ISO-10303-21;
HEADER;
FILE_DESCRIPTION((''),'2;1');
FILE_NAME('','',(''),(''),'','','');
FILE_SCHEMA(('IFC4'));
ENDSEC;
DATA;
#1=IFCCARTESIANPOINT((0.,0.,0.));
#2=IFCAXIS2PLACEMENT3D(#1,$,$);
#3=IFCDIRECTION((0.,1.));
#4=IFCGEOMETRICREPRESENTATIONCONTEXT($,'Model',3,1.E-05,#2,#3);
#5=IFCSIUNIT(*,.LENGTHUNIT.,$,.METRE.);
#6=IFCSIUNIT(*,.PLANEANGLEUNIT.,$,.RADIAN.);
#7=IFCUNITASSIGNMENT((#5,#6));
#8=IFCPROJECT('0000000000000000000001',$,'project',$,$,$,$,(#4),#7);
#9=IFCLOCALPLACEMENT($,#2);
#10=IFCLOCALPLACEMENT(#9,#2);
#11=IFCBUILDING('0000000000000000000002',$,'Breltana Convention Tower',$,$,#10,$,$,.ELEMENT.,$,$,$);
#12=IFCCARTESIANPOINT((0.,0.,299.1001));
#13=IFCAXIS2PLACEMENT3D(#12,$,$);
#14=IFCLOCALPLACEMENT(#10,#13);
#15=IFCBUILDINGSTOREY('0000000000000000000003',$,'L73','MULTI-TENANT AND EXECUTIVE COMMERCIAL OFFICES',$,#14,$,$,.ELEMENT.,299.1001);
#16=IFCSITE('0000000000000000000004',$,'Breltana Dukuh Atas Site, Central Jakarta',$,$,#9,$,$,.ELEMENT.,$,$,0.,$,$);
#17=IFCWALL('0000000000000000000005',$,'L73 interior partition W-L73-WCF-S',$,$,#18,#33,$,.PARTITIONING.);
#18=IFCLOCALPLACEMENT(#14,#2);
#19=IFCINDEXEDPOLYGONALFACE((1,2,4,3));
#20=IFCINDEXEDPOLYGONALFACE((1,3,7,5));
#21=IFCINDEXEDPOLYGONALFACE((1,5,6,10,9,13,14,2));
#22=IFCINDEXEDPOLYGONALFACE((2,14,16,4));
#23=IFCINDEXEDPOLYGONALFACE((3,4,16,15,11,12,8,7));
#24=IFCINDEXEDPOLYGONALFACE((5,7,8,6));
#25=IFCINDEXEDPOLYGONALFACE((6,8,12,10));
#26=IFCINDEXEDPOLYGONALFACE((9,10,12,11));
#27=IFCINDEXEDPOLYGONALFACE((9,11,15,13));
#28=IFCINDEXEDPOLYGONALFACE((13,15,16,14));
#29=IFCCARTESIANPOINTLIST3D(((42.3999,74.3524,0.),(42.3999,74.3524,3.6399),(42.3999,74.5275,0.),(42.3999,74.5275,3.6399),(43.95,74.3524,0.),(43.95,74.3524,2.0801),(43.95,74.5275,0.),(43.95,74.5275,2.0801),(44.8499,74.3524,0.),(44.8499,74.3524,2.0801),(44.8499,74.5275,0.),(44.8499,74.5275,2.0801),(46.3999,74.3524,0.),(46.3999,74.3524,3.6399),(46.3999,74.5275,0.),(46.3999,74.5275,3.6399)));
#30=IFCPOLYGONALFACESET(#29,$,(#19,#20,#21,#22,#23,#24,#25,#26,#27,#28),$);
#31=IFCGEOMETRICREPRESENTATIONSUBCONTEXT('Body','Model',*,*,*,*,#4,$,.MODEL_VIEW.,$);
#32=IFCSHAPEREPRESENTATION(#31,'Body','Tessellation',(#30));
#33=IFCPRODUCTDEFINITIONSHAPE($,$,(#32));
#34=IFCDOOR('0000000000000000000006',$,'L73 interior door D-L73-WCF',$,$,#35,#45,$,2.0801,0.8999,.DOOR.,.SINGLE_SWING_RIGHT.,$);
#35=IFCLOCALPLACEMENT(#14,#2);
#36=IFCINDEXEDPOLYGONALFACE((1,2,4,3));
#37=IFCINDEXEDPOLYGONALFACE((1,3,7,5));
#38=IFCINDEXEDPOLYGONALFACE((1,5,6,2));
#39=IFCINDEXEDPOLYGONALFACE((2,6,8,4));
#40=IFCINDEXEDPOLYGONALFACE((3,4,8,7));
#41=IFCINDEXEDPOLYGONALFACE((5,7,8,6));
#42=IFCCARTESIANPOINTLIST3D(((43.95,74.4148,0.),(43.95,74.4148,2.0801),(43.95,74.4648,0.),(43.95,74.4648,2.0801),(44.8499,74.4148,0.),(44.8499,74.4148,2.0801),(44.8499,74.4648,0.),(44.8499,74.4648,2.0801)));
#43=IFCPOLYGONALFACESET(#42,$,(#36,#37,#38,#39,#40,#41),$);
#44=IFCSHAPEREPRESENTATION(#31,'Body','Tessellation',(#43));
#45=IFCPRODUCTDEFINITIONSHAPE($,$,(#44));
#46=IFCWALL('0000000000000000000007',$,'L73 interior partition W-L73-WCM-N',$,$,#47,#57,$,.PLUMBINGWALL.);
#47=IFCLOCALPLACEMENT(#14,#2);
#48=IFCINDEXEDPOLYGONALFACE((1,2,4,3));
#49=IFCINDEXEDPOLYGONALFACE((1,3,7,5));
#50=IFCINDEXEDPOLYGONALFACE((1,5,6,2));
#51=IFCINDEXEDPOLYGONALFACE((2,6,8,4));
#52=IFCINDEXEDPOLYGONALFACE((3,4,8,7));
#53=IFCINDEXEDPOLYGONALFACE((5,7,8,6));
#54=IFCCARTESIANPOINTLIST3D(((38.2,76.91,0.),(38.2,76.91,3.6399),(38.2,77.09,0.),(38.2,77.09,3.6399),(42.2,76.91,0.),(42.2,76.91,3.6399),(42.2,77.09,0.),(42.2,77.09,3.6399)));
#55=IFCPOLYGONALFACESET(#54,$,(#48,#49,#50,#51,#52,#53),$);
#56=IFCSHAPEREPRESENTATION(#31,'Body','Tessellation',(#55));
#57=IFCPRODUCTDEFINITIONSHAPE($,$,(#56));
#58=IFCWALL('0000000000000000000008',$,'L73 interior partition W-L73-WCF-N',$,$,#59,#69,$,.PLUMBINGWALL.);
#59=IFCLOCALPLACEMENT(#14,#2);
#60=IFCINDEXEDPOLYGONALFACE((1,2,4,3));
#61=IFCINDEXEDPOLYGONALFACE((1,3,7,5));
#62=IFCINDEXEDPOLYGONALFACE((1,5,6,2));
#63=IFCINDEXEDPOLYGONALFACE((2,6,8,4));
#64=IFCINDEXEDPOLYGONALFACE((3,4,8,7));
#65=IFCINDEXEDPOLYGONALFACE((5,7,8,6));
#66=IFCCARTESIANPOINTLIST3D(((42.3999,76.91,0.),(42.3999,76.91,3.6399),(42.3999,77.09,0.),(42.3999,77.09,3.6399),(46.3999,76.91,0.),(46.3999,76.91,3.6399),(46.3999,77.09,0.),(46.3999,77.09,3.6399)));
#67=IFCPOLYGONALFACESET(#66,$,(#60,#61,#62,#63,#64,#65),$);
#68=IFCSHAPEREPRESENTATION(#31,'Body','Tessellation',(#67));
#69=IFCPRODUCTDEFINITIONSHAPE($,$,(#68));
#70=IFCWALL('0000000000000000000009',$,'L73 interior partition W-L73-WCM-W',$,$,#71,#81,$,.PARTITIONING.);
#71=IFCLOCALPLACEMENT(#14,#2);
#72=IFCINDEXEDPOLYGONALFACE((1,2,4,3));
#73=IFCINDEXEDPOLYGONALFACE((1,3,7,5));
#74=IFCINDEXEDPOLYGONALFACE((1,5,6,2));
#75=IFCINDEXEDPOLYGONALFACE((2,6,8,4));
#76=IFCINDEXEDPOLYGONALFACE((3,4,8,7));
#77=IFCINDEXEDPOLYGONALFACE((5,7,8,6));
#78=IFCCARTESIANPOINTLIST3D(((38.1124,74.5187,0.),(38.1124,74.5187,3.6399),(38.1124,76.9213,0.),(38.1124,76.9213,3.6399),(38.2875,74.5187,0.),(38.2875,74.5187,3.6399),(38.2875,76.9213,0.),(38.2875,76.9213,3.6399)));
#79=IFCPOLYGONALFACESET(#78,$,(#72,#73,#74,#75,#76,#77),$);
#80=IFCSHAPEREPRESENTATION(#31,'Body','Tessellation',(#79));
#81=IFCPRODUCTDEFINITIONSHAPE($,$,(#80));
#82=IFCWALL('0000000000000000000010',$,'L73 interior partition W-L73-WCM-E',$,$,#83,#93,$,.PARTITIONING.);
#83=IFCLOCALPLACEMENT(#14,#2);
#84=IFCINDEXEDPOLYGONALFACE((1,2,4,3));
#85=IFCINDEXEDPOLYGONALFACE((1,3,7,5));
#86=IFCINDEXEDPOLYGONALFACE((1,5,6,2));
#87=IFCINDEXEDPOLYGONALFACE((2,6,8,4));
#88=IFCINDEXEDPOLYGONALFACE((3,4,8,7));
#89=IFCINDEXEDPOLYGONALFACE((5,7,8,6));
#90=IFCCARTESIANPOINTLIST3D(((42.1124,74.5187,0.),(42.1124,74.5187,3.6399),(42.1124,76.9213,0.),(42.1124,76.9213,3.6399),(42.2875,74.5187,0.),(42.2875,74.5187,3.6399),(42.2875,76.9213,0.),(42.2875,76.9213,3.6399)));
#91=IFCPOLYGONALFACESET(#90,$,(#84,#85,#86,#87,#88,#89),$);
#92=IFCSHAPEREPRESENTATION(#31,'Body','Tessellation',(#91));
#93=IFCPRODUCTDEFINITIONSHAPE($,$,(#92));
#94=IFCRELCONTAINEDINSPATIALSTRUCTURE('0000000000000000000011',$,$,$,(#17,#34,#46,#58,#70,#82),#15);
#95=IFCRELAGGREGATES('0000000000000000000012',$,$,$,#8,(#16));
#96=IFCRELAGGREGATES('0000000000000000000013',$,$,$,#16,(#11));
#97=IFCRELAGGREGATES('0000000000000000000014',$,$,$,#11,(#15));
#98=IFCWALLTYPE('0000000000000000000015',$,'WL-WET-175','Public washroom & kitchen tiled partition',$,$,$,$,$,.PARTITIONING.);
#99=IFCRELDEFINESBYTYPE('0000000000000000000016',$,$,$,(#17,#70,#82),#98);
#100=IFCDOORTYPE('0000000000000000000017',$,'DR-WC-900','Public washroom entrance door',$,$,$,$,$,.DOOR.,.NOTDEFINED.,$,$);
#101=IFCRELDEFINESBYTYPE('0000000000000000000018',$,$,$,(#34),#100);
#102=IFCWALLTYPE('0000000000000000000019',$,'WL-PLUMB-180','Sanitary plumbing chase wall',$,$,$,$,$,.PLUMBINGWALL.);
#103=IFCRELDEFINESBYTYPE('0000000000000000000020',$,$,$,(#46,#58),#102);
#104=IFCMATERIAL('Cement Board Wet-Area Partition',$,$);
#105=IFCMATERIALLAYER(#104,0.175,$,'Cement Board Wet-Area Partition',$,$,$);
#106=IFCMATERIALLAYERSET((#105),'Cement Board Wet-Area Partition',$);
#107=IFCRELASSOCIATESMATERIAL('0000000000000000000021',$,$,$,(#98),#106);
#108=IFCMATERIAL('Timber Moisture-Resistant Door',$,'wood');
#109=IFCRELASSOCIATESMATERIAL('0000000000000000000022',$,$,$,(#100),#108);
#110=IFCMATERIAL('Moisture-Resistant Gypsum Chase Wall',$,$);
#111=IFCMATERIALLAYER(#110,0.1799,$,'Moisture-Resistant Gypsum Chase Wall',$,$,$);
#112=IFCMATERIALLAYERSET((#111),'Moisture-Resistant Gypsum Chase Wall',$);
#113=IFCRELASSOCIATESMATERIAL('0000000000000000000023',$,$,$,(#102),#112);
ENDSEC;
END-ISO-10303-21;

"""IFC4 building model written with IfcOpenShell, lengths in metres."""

from ifc_helpers import new_model, si_unit, direction, frame, frame_2d, origin, place, context, subcontext, project, spatial, rectangle, extrude, source, transform, mapped, material, layer, layer_set, type_object, type_shapes, element, fill, save


model = new_model("IFC4")

# Units and contexts
model_context = context("Model", 3, precision=1e-05, world=origin(), true_north=direction((0.0, 1.0)))
body_context = subcontext(model_context, "Body", "Model", "MODEL_VIEW")
ifc_project = project(units=[si_unit("LENGTHUNIT", "METRE"), si_unit("PLANEANGLEUNIT", "RADIAN")], contexts=[model_context])

# Site, building, storey
site_placement = place(None, origin())
site = spatial("IfcSite", under=ifc_project, at=site_placement, Name="Breltana Dukuh Atas Site, Central Jakarta", CompositionType="ELEMENT", RefElevation=0.0)
building_placement = place(site_placement, origin())
building = spatial("IfcBuilding", under=site, at=building_placement, Name="Breltana Convention Tower", CompositionType="ELEMENT")
storey_placement = place(building_placement, frame((0.0, 0.0, 299.1001)))
storey = spatial("IfcBuildingStorey", under=building, at=storey_placement, Name="L73", Description="MULTI-TENANT AND EXECUTIVE COMMERCIAL OFFICES", CompositionType="ELEMENT", Elevation=299.1001)

# Wall, opening, door
ifc_material_1 = material(Name="Cement Board Wet-Area Partition")
ifc_layer_1 = layer(ifc_material_1, 0.175, Name="Cement Board Wet-Area Partition")
ifc_layer_set_1 = layer_set([ifc_layer_1], Name="Cement Board Wet-Area Partition")
wall_type_1 = type_object("IfcWallType", Name="WL-WET-175", Description="Public washroom & kitchen tiled partition", PredefinedType="PARTITIONING", material=ifc_layer_set_1)
shared_shape_1 = source(origin(), body_context, "Body", "SweptSolid", [
    extrude(rectangle(XDim=4.0, YDim=0.175, at=frame_2d((2.0, 0.0))), origin(), (0.0, 0.0, 1.0), 3.6399),
])
wall_1_placement = place(storey_placement, frame((42.3999, 74.4399, 0.0), z_axis=(0.0, 0.0, 1.0), x_axis=(1.0, 0.0, 0.0)))
wall_1 = element("IfcWall", 1, at=wall_1_placement, inside=storey, type_object=wall_type_1, Name="L73 interior partition W-L73-WCF-S", PredefinedType="PARTITIONING", context=body_context, shape_type="MappedRepresentation", body=[
    mapped(shared_shape_1, transform((0.0, 0.0, 0.0), scale=1.0)),
])
opening_placement = place(wall_1_placement, frame((1.55, 0.0, 0.0)))
opening = element("IfcOpeningElement", 2, at=opening_placement, cuts=wall_1, PredefinedType="OPENING", context=body_context, shape_type="SweptSolid", body=[
    extrude(rectangle(XDim=0.8999, YDim=2.0801, at=frame_2d((0.45, 1.04))), frame((0.0, 0.0977, 0.0), z_axis=(0.0, -1.0, 0.0), x_axis=(1.0, 0.0, 0.0)), (0.0, 0.0, 1.0), 0.1951),
])
ifc_material_2 = material(Name="Timber Moisture-Resistant Door", Category="wood")
door_type = type_object("IfcDoorType", Name="DR-WC-900", Description="Public washroom entrance door", OperationType="NOTDEFINED", PredefinedType="DOOR", material=ifc_material_2)
shared_shape_2 = source(origin(), body_context, "Body", "SweptSolid", [
    extrude(rectangle(XDim=0.8999, YDim=2.0801, at=frame_2d((0.45, 1.04))), frame((0.0, 0.0249, 0.0), z_axis=(0.0, -1.0, 0.0), x_axis=(1.0, 0.0, 0.0)), (0.0, 0.0, 1.0), 0.05),
])
type_shapes(door_type, [shared_shape_2])
door_placement = place(opening_placement, origin())
door = element("IfcDoor", 3, at=door_placement, inside=storey, type_object=door_type, Name="L73 interior door D-L73-WCF", OperationType="SINGLE_SWING_RIGHT", OverallHeight=2.0801, OverallWidth=0.8999, PredefinedType="DOOR", context=body_context, shape_type="MappedRepresentation", body=[
    mapped(shared_shape_2, transform((0.0, 0.0, 0.0), scale=1.0)),
])
fill(opening, door)

# Walls
ifc_material_3 = material(Name="Moisture-Resistant Gypsum Chase Wall")
ifc_layer_2 = layer(ifc_material_3, 0.1799, Name="Moisture-Resistant Gypsum Chase Wall")
ifc_layer_set_2 = layer_set([ifc_layer_2], Name="Moisture-Resistant Gypsum Chase Wall")
wall_type_2 = type_object("IfcWallType", Name="WL-PLUMB-180", Description="Sanitary plumbing chase wall", PredefinedType="PLUMBINGWALL", material=ifc_layer_set_2)
shared_shape_3 = source(origin(), body_context, "Body", "SweptSolid", [
    extrude(rectangle(XDim=4.0, YDim=0.1799, at=frame_2d((2.0, 0.0))), origin(), (0.0, 0.0, 1.0), 3.6399),
])
for number, where, z_axis, x_axis, name in (
    (4, (38.2, 77.0, 0.0), (0.0, 0.0, 1.0), (1.0, 0.0, 0.0), "L73 interior partition W-L73-WCM-N"),
    (5, (42.3999, 77.0, 0.0), (0.0, 0.0, 1.0), (1.0, 0.0, 0.0), "L73 interior partition W-L73-WCF-N"),
):
    element("IfcWall", number, at=place(storey_placement, frame(where, z_axis=z_axis, x_axis=x_axis)), inside=storey, type_object=wall_type_2, Name=name, PredefinedType="PLUMBINGWALL", context=body_context, shape_type="MappedRepresentation", body=[
        mapped(shared_shape_3, transform((0.0, 0.0, 0.0), scale=1.0)),
    ])
shared_shape_4 = source(origin(), body_context, "Body", "SweptSolid", [
    extrude(rectangle(XDim=2.4026, YDim=0.175, at=frame_2d((1.2012, 0.0))), origin(), (0.0, 0.0, 1.0), 3.6399),
])
for number, where, z_axis, x_axis, name in (
    (6, (38.2, 74.5188, 0.0), (0.0, 0.0, 1.0), (0.0, 1.0, 0.0), "L73 interior partition W-L73-WCM-W"),
    (7, (42.2, 74.5188, 0.0), (0.0, 0.0, 1.0), (0.0, 1.0, 0.0), "L73 interior partition W-L73-WCM-E"),
):
    element("IfcWall", number, at=place(storey_placement, frame(where, z_axis=z_axis, x_axis=x_axis)), inside=storey, type_object=wall_type_1, Name=name, PredefinedType="PARTITIONING", context=body_context, shape_type="MappedRepresentation", body=[
        mapped(shared_shape_4, transform((0.0, 0.0, 0.0), scale=1.0)),
    ])

save(model, "model.ifc")
